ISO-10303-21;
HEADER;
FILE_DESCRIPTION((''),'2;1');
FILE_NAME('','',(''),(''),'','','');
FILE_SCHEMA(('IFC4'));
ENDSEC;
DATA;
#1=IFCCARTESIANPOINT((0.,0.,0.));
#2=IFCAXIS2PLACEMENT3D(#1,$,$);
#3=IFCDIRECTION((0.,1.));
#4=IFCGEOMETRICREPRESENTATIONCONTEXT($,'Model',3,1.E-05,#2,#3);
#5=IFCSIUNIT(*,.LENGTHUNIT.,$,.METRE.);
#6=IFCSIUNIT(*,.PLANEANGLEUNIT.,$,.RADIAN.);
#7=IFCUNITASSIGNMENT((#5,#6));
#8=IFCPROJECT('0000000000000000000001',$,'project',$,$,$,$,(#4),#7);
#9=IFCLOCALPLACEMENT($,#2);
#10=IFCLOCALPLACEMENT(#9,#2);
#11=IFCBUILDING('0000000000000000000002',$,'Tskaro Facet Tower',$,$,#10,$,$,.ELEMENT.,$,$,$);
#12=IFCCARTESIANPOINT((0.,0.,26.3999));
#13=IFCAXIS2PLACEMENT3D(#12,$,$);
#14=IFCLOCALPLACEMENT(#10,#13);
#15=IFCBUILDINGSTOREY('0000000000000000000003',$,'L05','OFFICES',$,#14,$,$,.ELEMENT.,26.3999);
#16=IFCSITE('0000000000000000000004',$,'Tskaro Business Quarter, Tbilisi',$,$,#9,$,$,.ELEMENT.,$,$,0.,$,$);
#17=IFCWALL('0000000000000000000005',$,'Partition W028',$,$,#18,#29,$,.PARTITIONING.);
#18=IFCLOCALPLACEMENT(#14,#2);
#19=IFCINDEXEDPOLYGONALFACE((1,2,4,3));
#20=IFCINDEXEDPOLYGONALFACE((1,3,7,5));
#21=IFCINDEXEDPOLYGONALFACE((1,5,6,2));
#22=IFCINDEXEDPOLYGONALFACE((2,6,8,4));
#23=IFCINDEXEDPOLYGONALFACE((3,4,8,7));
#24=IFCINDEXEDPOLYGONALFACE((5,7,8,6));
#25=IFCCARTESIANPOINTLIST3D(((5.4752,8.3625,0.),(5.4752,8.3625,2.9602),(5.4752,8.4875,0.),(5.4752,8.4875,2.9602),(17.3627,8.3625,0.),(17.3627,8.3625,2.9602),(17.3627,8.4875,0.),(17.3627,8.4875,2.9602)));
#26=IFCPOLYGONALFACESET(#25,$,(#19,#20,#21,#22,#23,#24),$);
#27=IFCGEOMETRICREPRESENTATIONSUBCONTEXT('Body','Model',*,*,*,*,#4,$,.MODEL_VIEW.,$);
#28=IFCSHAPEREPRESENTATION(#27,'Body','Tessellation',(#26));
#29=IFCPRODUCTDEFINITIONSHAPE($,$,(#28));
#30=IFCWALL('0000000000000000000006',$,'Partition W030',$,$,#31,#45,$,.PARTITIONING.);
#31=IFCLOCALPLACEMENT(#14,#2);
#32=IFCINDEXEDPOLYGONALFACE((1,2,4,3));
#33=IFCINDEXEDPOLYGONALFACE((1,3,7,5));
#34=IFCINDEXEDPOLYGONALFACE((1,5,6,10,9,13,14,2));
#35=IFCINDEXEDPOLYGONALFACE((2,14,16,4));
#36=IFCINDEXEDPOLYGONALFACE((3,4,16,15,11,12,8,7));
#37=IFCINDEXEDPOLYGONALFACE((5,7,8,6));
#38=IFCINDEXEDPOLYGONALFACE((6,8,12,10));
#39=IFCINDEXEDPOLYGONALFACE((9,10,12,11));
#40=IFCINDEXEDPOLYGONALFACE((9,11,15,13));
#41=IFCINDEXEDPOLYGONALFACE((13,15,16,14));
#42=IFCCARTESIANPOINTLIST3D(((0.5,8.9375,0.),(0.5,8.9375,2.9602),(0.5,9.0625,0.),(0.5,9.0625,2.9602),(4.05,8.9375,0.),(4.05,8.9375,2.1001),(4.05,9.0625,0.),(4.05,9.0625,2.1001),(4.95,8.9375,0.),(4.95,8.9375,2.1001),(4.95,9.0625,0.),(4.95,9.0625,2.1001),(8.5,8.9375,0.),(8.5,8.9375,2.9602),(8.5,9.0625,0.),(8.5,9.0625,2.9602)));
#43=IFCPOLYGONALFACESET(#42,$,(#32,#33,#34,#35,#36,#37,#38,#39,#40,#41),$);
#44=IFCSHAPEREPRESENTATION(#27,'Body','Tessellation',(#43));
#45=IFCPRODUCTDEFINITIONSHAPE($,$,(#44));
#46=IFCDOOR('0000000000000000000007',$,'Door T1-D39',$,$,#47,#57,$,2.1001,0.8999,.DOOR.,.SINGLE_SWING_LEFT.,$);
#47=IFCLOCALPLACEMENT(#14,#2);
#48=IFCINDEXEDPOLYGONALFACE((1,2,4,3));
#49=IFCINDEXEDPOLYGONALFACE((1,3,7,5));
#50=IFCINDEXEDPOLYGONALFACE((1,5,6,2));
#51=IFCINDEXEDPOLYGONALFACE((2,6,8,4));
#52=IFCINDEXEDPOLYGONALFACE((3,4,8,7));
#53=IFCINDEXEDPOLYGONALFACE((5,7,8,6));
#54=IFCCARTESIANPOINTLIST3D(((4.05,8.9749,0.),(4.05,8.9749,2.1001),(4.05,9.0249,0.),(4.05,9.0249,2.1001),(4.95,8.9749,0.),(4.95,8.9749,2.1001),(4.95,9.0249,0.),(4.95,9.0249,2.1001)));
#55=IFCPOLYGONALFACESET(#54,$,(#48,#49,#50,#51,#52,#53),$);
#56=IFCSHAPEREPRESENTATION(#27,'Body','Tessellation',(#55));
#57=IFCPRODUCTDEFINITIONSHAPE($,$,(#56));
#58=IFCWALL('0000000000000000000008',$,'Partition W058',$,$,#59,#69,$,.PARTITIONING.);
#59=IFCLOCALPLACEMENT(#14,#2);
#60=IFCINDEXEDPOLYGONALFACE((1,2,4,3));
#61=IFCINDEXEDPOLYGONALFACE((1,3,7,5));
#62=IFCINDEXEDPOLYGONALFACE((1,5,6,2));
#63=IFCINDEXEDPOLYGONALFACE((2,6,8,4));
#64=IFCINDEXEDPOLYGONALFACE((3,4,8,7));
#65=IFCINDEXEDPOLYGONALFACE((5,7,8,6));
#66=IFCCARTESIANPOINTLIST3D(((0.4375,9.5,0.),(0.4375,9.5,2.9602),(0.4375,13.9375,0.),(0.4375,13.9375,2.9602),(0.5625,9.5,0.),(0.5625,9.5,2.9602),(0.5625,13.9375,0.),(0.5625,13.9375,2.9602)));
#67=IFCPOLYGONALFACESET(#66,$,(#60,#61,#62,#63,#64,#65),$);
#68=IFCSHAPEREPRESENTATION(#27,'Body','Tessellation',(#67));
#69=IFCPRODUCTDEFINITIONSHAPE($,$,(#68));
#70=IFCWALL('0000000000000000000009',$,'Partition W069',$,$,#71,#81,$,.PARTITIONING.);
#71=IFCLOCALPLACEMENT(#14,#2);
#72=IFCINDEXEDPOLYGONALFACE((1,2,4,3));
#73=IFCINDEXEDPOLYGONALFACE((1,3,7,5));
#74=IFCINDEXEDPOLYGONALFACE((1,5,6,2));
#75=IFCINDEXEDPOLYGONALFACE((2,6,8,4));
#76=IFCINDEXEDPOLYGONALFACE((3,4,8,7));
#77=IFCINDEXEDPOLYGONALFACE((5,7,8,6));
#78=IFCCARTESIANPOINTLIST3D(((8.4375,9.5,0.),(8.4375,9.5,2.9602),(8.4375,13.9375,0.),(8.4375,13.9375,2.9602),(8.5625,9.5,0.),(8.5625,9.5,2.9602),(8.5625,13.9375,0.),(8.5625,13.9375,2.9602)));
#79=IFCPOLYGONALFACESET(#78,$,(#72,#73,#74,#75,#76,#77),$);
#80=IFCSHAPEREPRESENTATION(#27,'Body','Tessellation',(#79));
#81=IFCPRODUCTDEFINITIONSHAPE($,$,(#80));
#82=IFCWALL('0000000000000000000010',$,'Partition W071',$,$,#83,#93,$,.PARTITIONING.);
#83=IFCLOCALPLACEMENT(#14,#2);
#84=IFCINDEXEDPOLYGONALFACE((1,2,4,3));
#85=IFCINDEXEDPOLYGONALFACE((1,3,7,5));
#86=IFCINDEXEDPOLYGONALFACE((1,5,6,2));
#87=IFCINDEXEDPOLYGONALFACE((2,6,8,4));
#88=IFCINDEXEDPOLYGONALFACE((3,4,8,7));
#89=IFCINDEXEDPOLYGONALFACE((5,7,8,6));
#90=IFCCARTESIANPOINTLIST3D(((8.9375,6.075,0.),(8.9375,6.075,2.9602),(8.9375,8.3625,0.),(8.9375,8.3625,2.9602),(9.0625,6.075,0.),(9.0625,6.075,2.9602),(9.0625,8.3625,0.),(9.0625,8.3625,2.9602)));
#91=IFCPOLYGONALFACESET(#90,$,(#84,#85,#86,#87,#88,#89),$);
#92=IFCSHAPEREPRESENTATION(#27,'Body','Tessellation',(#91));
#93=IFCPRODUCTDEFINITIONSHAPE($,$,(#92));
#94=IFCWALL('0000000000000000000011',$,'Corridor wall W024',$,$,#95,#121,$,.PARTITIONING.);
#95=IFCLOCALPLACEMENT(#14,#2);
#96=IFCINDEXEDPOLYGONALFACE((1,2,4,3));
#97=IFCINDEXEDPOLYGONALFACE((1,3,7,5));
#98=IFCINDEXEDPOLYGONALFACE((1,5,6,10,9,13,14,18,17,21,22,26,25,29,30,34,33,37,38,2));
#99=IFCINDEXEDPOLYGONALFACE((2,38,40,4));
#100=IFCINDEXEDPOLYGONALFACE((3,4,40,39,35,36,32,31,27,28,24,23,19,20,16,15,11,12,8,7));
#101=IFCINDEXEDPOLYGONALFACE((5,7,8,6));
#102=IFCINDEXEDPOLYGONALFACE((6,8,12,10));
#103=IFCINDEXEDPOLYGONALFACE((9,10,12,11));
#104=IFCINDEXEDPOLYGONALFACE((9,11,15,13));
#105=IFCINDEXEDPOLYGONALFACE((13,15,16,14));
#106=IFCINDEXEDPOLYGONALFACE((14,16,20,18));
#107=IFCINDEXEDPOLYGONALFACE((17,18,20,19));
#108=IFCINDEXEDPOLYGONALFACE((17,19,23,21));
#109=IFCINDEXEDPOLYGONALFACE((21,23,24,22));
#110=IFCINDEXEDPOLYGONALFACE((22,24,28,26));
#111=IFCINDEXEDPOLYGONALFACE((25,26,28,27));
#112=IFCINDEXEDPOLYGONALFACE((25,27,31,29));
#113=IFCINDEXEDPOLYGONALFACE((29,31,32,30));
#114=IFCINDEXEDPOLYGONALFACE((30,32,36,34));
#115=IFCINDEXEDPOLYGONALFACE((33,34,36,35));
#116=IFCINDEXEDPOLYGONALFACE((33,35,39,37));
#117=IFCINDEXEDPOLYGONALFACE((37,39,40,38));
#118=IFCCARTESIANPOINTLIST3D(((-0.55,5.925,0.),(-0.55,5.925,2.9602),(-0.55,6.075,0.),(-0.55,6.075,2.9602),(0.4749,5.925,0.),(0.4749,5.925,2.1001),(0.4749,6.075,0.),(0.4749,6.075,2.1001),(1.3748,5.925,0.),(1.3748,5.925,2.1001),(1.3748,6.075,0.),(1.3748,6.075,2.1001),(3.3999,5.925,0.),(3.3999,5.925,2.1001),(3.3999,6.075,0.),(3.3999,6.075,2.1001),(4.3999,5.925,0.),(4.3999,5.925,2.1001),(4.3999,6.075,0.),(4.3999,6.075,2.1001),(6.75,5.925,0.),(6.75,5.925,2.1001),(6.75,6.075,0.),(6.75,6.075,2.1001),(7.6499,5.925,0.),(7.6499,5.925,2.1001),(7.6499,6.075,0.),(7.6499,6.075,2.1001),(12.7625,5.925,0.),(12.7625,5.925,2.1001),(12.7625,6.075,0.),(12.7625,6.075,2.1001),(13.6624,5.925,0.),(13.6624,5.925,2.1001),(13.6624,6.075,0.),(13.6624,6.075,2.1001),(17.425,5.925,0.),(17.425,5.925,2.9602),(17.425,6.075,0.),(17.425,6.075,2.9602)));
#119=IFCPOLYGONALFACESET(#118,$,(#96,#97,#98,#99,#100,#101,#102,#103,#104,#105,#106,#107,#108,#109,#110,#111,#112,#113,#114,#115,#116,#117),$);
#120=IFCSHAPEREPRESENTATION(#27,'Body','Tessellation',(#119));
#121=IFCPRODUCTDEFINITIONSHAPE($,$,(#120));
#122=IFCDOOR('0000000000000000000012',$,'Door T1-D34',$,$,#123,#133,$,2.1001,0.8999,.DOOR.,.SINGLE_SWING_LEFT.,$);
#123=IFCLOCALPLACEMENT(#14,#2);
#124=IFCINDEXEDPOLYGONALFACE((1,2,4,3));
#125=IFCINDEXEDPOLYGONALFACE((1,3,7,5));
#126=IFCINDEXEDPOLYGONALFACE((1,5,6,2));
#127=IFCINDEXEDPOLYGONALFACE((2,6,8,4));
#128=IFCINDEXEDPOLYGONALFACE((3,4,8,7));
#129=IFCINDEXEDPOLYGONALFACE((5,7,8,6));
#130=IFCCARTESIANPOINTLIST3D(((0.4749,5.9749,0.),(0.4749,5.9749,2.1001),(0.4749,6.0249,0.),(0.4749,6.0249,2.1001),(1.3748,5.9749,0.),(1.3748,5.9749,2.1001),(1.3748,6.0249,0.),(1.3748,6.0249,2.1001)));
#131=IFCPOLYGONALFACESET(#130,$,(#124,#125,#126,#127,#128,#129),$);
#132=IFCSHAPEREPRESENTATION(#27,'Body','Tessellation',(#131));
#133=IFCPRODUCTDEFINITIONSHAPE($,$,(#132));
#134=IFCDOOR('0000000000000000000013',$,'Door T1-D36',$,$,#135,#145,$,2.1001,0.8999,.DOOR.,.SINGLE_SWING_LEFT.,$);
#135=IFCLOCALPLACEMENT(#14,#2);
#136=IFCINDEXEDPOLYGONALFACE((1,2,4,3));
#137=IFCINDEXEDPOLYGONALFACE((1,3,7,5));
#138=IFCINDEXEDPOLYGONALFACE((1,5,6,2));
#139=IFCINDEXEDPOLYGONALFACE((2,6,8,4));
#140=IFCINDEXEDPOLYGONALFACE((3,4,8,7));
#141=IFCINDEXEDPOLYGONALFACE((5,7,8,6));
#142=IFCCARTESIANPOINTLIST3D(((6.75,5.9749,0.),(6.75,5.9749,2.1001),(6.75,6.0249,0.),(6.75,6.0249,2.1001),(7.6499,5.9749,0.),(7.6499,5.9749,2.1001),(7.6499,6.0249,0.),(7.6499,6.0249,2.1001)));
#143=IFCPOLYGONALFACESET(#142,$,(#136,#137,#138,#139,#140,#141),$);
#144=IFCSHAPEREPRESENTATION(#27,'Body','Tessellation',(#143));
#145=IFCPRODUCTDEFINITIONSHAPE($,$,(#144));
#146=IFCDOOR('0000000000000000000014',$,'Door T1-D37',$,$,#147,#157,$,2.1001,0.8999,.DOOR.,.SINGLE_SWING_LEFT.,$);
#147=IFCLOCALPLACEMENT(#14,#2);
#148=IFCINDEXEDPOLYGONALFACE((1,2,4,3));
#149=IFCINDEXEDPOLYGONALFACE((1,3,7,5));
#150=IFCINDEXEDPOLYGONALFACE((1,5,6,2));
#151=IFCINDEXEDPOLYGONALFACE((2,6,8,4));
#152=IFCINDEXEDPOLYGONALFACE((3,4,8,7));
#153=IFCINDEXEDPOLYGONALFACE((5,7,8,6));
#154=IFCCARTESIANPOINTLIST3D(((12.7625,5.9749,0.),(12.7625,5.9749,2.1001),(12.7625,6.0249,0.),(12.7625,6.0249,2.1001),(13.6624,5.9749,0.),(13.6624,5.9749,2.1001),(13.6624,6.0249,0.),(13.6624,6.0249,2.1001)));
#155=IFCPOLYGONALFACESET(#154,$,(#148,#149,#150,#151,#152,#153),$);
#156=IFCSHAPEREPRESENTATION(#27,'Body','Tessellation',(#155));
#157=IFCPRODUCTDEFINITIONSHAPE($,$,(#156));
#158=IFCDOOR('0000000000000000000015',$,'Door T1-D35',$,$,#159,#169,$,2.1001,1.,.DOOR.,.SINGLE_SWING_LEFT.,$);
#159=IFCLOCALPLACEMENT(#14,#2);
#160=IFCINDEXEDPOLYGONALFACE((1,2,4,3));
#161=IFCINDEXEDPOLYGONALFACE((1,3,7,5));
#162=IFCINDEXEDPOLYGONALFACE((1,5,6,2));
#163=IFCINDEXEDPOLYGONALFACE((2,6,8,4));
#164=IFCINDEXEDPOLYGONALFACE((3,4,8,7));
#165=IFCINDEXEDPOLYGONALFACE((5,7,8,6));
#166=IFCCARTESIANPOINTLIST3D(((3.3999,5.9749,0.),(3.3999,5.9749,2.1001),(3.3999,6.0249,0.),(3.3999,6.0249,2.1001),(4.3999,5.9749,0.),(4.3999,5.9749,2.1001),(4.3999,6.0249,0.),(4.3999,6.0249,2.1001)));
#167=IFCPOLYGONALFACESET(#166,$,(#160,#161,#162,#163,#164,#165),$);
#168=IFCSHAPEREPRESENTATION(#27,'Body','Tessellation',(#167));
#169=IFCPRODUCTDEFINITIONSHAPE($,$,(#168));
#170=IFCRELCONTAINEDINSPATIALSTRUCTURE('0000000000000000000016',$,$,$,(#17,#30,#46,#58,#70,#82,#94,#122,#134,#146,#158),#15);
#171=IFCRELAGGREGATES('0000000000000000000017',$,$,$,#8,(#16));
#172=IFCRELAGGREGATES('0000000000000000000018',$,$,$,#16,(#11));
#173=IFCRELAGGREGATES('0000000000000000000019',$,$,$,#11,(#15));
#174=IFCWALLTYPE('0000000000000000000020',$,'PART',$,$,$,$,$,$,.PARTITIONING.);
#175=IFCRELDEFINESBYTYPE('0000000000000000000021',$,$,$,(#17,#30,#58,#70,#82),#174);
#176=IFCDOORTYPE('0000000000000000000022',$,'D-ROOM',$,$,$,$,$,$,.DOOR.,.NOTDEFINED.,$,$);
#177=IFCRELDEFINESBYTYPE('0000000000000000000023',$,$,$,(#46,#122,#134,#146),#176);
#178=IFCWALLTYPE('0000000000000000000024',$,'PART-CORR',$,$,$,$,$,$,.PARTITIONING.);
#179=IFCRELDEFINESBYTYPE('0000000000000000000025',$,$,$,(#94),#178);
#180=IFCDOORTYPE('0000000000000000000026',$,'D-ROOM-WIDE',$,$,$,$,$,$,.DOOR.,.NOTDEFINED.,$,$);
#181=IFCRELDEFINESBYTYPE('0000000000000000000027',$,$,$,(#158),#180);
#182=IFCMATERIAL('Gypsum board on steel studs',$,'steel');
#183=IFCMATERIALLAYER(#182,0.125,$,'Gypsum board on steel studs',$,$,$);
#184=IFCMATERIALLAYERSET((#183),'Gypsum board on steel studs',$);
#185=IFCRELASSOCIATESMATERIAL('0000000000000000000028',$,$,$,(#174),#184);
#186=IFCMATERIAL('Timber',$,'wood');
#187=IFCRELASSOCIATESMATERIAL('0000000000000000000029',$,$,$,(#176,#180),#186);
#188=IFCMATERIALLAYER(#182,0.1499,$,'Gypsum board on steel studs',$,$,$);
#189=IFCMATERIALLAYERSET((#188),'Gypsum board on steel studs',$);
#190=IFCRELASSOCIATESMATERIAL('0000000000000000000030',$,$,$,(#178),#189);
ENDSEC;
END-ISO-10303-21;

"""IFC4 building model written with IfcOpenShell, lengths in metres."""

from ifc_helpers import new_model, si_unit, direction, frame, frame_2d, origin, place, context, subcontext, project, spatial, rectangle, extrude, material, layer, layer_set, type_object, element, fill, save


model = new_model("IFC4")

# Units and contexts
model_context = context("Model", 3, precision=1e-05, world=origin(), true_north=direction((0.0, 1.0)))
body_context = subcontext(model_context, "Body", "Model", "MODEL_VIEW")
ifc_project = project(units=[si_unit("LENGTHUNIT", "METRE"), si_unit("PLANEANGLEUNIT", "RADIAN")], contexts=[model_context])

# Site, building, storey
site_placement = place(None, origin())
site = spatial("IfcSite", under=ifc_project, at=site_placement, Name="Tskaro Business Quarter, Tbilisi", CompositionType="ELEMENT", RefElevation=0.0)
building_placement = place(site_placement, origin())
building = spatial("IfcBuilding", under=site, at=building_placement, Name="Tskaro Facet Tower", CompositionType="ELEMENT")
storey_placement = place(building_placement, frame((0.0, 0.0, 26.3999)))
storey = spatial("IfcBuildingStorey", under=building, at=storey_placement, Name="L05", Description="OFFICES", CompositionType="ELEMENT", Elevation=26.3999)

# Wall
ifc_material_1 = material(Name="Gypsum board on steel studs", Category="steel")
ifc_layer_1 = layer(ifc_material_1, 0.125, Name="Gypsum board on steel studs")
ifc_layer_set_1 = layer_set([ifc_layer_1], Name="Gypsum board on steel studs")
wall_type_1 = type_object("IfcWallType", Name="PART", PredefinedType="PARTITIONING", material=ifc_layer_set_1)
wall_1_placement = place(storey_placement, frame((5.4751, 8.425, 0.0), z_axis=(0.0, 0.0, 1.0), x_axis=(1.0, 0.0, 0.0)))
element("IfcWall", 1, at=wall_1_placement, inside=storey, type_object=wall_type_1, Name="Partition W028", PredefinedType="PARTITIONING", context=body_context, shape_type="SweptSolid", body=[
    extrude(rectangle(XDim=11.8875, YDim=0.125, at=frame_2d((5.9438, 0.0))), origin(), (0.0, 0.0, 1.0), 2.9602),
])

# Wall, opening, door
wall_2_placement = place(storey_placement, frame((0.5, 9.0, 0.0), z_axis=(0.0, 0.0, 1.0), x_axis=(1.0, 0.0, 0.0)))
wall_2 = element("IfcWall", 2, at=wall_2_placement, inside=storey, type_object=wall_type_1, Name="Partition W030", PredefinedType="PARTITIONING", context=body_context, shape_type="SweptSolid", body=[
    extrude(rectangle(XDim=8.0, YDim=0.125, at=frame_2d((4.0, 0.0))), origin(), (0.0, 0.0, 1.0), 2.9602),
])
opening_1_placement = place(wall_2_placement, frame((3.55, 0.0, 0.0)))
opening_1 = element("IfcOpeningElement", 3, at=opening_1_placement, cuts=wall_2, PredefinedType="OPENING", context=body_context, shape_type="SweptSolid", body=[
    extrude(rectangle(XDim=0.8999, YDim=2.1001, at=frame_2d((0.45, 1.05))), frame((0.0, 0.0725, 0.0), z_axis=(0.0, -1.0, 0.0), x_axis=(1.0, 0.0, 0.0)), (0.0, 0.0, 1.0), 0.145),
])
ifc_material_2 = material(Name="Timber", Category="wood")
door_type_1 = type_object("IfcDoorType", Name="D-ROOM", OperationType="NOTDEFINED", PredefinedType="DOOR", material=ifc_material_2)
door_1_placement = place(opening_1_placement, origin())
door_1 = element("IfcDoor", 4, at=door_1_placement, inside=storey, type_object=door_type_1, Name="Door T1-D39", OperationType="SINGLE_SWING_LEFT", OverallHeight=2.1001, OverallWidth=0.8999, PredefinedType="DOOR", context=body_context, shape_type="SweptSolid", body=[
    extrude(rectangle(XDim=0.8999, YDim=2.1001, at=frame_2d((0.45, 1.05))), frame((0.0, 0.0249, 0.0), z_axis=(0.0, -1.0, 0.0), x_axis=(1.0, 0.0, 0.0)), (0.0, 0.0, 1.0), 0.05),
])
fill(opening_1, door_1)

# Walls
for number, where, z_axis, x_axis, name in (
    (5, (0.5, 9.5, 0.0), (0.0, 0.0, 1.0), (0.0, 1.0, 0.0), "Partition W058"),
    (6, (8.5, 9.5, 0.0), (0.0, 0.0, 1.0), (0.0, 1.0, 0.0), "Partition W069"),
):
    element("IfcWall", number, at=place(storey_placement, frame(where, z_axis=z_axis, x_axis=x_axis)), inside=storey, type_object=wall_type_1, Name=name, PredefinedType="PARTITIONING", context=body_context, shape_type="SweptSolid", body=[
        extrude(rectangle(XDim=4.4375, YDim=0.125, at=frame_2d((2.2188, 0.0))), origin(), (0.0, 0.0, 1.0), 2.9602),
    ])
wall_3_placement = place(storey_placement, frame((9.0, 6.075, 0.0), z_axis=(0.0, 0.0, 1.0), x_axis=(0.0, 1.0, 0.0)))
element("IfcWall", 7, at=wall_3_placement, inside=storey, type_object=wall_type_1, Name="Partition W071", PredefinedType="PARTITIONING", context=body_context, shape_type="SweptSolid", body=[
    extrude(rectangle(XDim=2.2876, YDim=0.125, at=frame_2d((1.1438, 0.0))), origin(), (0.0, 0.0, 1.0), 2.9602),
])

# Wall, openings, doors
ifc_layer_2 = layer(ifc_material_1, 0.1499, Name="Gypsum board on steel studs")
ifc_layer_set_2 = layer_set([ifc_layer_2], Name="Gypsum board on steel studs")
wall_type_2 = type_object("IfcWallType", Name="PART-CORR", PredefinedType="PARTITIONING", material=ifc_layer_set_2)
wall_4_placement = place(storey_placement, frame((-0.55, 6.0, 0.0), z_axis=(0.0, 0.0, 1.0), x_axis=(1.0, 0.0, 0.0)))
wall_4 = element("IfcWall", 8, at=wall_4_placement, inside=storey, type_object=wall_type_2, Name="Corridor wall W024", PredefinedType="PARTITIONING", context=body_context, shape_type="SweptSolid", body=[
    extrude(rectangle(XDim=17.9751, YDim=0.1499, at=frame_2d((8.9875, 0.0))), origin(), (0.0, 0.0, 1.0), 2.9602),
])
opening_2_placement = place(wall_4_placement, frame((1.0249, 0.0, 0.0)))
opening_2 = element("IfcOpeningElement", 9, at=opening_2_placement, cuts=wall_4, PredefinedType="OPENING", context=body_context, shape_type="SweptSolid", body=[
    extrude(rectangle(XDim=0.8999, YDim=2.1001, at=frame_2d((0.45, 1.05))), frame((0.0, 0.085, 0.0), z_axis=(0.0, -1.0, 0.0), x_axis=(1.0, 0.0, 0.0)), (0.0, 0.0, 1.0), 0.1699),
])
opening_3_placement = place(wall_4_placement, frame((3.95, 0.0, 0.0)))
opening_3 = element("IfcOpeningElement", 10, at=opening_3_placement, cuts=wall_4, PredefinedType="OPENING", context=body_context, shape_type="SweptSolid", body=[
    extrude(rectangle(XDim=1.0, YDim=2.1001, at=frame_2d((0.5, 1.05))), frame((0.0, 0.085, 0.0), z_axis=(0.0, -1.0, 0.0), x_axis=(1.0, 0.0, 0.0)), (0.0, 0.0, 1.0), 0.1699),
])
opening_4_placement = place(wall_4_placement, frame((7.3, 0.0, 0.0)))
opening_4 = element("IfcOpeningElement", 11, at=opening_4_placement, cuts=wall_4, PredefinedType="OPENING", context=body_context, shape_type="SweptSolid", body=[
    extrude(rectangle(XDim=0.8999, YDim=2.1001, at=frame_2d((0.45, 1.05))), frame((0.0, 0.085, 0.0), z_axis=(0.0, -1.0, 0.0), x_axis=(1.0, 0.0, 0.0)), (0.0, 0.0, 1.0), 0.1699),
])
opening_5_placement = place(wall_4_placement, frame((13.3125, 0.0, 0.0)))
opening_5 = element("IfcOpeningElement", 12, at=opening_5_placement, cuts=wall_4, PredefinedType="OPENING", context=body_context, shape_type="SweptSolid", body=[
    extrude(rectangle(XDim=0.8999, YDim=2.1001, at=frame_2d((0.45, 1.05))), frame((0.0, 0.085, 0.0), z_axis=(0.0, -1.0, 0.0), x_axis=(1.0, 0.0, 0.0)), (0.0, 0.0, 1.0), 0.1699),
])
door_2_placement = place(opening_2_placement, origin())
door_2 = element("IfcDoor", 13, at=door_2_placement, inside=storey, type_object=door_type_1, Name="Door T1-D34", OperationType="SINGLE_SWING_LEFT", OverallHeight=2.1001, OverallWidth=0.8999, PredefinedType="DOOR", context=body_context, shape_type="SweptSolid", body=[
    extrude(rectangle(XDim=0.8999, YDim=2.1001, at=frame_2d((0.45, 1.05))), frame((0.0, 0.0249, 0.0), z_axis=(0.0, -1.0, 0.0), x_axis=(1.0, 0.0, 0.0)), (0.0, 0.0, 1.0), 0.05),
])
fill(opening_2, door_2)
door_3_placement = place(opening_4_placement, origin())
door_3 = element("IfcDoor", 14, at=door_3_placement, inside=storey, type_object=door_type_1, Name="Door T1-D36", OperationType="SINGLE_SWING_LEFT", OverallHeight=2.1001, OverallWidth=0.8999, PredefinedType="DOOR", context=body_context, shape_type="SweptSolid", body=[
    extrude(rectangle(XDim=0.8999, YDim=2.1001, at=frame_2d((0.45, 1.05))), frame((0.0, 0.0249, 0.0), z_axis=(0.0, -1.0, 0.0), x_axis=(1.0, 0.0, 0.0)), (0.0, 0.0, 1.0), 0.05),
])
fill(opening_4, door_3)
door_4_placement = place(opening_5_placement, origin())
door_4 = element("IfcDoor", 15, at=door_4_placement, inside=storey, type_object=door_type_1, Name="Door T1-D37", OperationType="SINGLE_SWING_LEFT", OverallHeight=2.1001, OverallWidth=0.8999, PredefinedType="DOOR", context=body_context, shape_type="SweptSolid", body=[
    extrude(rectangle(XDim=0.8999, YDim=2.1001, at=frame_2d((0.45, 1.05))), frame((0.0, 0.0249, 0.0), z_axis=(0.0, -1.0, 0.0), x_axis=(1.0, 0.0, 0.0)), (0.0, 0.0, 1.0), 0.05),
])
fill(opening_5, door_4)
door_type_2 = type_object("IfcDoorType", Name="D-ROOM-WIDE", OperationType="NOTDEFINED", PredefinedType="DOOR", material=ifc_material_2)
door_5_placement = place(opening_3_placement, origin())
door_5 = element("IfcDoor", 16, at=door_5_placement, inside=storey, type_object=door_type_2, Name="Door T1-D35", OperationType="SINGLE_SWING_LEFT", OverallHeight=2.1001, OverallWidth=1.0, PredefinedType="DOOR", context=body_context, shape_type="SweptSolid", body=[
    extrude(rectangle(XDim=1.0, YDim=2.1001, at=frame_2d((0.5, 1.05))), frame((0.0, 0.0249, 0.0), z_axis=(0.0, -1.0, 0.0), x_axis=(1.0, 0.0, 0.0)), (0.0, 0.0, 1.0), 0.05),
])
fill(opening_3, door_5)

save(model, "model.ifc")
